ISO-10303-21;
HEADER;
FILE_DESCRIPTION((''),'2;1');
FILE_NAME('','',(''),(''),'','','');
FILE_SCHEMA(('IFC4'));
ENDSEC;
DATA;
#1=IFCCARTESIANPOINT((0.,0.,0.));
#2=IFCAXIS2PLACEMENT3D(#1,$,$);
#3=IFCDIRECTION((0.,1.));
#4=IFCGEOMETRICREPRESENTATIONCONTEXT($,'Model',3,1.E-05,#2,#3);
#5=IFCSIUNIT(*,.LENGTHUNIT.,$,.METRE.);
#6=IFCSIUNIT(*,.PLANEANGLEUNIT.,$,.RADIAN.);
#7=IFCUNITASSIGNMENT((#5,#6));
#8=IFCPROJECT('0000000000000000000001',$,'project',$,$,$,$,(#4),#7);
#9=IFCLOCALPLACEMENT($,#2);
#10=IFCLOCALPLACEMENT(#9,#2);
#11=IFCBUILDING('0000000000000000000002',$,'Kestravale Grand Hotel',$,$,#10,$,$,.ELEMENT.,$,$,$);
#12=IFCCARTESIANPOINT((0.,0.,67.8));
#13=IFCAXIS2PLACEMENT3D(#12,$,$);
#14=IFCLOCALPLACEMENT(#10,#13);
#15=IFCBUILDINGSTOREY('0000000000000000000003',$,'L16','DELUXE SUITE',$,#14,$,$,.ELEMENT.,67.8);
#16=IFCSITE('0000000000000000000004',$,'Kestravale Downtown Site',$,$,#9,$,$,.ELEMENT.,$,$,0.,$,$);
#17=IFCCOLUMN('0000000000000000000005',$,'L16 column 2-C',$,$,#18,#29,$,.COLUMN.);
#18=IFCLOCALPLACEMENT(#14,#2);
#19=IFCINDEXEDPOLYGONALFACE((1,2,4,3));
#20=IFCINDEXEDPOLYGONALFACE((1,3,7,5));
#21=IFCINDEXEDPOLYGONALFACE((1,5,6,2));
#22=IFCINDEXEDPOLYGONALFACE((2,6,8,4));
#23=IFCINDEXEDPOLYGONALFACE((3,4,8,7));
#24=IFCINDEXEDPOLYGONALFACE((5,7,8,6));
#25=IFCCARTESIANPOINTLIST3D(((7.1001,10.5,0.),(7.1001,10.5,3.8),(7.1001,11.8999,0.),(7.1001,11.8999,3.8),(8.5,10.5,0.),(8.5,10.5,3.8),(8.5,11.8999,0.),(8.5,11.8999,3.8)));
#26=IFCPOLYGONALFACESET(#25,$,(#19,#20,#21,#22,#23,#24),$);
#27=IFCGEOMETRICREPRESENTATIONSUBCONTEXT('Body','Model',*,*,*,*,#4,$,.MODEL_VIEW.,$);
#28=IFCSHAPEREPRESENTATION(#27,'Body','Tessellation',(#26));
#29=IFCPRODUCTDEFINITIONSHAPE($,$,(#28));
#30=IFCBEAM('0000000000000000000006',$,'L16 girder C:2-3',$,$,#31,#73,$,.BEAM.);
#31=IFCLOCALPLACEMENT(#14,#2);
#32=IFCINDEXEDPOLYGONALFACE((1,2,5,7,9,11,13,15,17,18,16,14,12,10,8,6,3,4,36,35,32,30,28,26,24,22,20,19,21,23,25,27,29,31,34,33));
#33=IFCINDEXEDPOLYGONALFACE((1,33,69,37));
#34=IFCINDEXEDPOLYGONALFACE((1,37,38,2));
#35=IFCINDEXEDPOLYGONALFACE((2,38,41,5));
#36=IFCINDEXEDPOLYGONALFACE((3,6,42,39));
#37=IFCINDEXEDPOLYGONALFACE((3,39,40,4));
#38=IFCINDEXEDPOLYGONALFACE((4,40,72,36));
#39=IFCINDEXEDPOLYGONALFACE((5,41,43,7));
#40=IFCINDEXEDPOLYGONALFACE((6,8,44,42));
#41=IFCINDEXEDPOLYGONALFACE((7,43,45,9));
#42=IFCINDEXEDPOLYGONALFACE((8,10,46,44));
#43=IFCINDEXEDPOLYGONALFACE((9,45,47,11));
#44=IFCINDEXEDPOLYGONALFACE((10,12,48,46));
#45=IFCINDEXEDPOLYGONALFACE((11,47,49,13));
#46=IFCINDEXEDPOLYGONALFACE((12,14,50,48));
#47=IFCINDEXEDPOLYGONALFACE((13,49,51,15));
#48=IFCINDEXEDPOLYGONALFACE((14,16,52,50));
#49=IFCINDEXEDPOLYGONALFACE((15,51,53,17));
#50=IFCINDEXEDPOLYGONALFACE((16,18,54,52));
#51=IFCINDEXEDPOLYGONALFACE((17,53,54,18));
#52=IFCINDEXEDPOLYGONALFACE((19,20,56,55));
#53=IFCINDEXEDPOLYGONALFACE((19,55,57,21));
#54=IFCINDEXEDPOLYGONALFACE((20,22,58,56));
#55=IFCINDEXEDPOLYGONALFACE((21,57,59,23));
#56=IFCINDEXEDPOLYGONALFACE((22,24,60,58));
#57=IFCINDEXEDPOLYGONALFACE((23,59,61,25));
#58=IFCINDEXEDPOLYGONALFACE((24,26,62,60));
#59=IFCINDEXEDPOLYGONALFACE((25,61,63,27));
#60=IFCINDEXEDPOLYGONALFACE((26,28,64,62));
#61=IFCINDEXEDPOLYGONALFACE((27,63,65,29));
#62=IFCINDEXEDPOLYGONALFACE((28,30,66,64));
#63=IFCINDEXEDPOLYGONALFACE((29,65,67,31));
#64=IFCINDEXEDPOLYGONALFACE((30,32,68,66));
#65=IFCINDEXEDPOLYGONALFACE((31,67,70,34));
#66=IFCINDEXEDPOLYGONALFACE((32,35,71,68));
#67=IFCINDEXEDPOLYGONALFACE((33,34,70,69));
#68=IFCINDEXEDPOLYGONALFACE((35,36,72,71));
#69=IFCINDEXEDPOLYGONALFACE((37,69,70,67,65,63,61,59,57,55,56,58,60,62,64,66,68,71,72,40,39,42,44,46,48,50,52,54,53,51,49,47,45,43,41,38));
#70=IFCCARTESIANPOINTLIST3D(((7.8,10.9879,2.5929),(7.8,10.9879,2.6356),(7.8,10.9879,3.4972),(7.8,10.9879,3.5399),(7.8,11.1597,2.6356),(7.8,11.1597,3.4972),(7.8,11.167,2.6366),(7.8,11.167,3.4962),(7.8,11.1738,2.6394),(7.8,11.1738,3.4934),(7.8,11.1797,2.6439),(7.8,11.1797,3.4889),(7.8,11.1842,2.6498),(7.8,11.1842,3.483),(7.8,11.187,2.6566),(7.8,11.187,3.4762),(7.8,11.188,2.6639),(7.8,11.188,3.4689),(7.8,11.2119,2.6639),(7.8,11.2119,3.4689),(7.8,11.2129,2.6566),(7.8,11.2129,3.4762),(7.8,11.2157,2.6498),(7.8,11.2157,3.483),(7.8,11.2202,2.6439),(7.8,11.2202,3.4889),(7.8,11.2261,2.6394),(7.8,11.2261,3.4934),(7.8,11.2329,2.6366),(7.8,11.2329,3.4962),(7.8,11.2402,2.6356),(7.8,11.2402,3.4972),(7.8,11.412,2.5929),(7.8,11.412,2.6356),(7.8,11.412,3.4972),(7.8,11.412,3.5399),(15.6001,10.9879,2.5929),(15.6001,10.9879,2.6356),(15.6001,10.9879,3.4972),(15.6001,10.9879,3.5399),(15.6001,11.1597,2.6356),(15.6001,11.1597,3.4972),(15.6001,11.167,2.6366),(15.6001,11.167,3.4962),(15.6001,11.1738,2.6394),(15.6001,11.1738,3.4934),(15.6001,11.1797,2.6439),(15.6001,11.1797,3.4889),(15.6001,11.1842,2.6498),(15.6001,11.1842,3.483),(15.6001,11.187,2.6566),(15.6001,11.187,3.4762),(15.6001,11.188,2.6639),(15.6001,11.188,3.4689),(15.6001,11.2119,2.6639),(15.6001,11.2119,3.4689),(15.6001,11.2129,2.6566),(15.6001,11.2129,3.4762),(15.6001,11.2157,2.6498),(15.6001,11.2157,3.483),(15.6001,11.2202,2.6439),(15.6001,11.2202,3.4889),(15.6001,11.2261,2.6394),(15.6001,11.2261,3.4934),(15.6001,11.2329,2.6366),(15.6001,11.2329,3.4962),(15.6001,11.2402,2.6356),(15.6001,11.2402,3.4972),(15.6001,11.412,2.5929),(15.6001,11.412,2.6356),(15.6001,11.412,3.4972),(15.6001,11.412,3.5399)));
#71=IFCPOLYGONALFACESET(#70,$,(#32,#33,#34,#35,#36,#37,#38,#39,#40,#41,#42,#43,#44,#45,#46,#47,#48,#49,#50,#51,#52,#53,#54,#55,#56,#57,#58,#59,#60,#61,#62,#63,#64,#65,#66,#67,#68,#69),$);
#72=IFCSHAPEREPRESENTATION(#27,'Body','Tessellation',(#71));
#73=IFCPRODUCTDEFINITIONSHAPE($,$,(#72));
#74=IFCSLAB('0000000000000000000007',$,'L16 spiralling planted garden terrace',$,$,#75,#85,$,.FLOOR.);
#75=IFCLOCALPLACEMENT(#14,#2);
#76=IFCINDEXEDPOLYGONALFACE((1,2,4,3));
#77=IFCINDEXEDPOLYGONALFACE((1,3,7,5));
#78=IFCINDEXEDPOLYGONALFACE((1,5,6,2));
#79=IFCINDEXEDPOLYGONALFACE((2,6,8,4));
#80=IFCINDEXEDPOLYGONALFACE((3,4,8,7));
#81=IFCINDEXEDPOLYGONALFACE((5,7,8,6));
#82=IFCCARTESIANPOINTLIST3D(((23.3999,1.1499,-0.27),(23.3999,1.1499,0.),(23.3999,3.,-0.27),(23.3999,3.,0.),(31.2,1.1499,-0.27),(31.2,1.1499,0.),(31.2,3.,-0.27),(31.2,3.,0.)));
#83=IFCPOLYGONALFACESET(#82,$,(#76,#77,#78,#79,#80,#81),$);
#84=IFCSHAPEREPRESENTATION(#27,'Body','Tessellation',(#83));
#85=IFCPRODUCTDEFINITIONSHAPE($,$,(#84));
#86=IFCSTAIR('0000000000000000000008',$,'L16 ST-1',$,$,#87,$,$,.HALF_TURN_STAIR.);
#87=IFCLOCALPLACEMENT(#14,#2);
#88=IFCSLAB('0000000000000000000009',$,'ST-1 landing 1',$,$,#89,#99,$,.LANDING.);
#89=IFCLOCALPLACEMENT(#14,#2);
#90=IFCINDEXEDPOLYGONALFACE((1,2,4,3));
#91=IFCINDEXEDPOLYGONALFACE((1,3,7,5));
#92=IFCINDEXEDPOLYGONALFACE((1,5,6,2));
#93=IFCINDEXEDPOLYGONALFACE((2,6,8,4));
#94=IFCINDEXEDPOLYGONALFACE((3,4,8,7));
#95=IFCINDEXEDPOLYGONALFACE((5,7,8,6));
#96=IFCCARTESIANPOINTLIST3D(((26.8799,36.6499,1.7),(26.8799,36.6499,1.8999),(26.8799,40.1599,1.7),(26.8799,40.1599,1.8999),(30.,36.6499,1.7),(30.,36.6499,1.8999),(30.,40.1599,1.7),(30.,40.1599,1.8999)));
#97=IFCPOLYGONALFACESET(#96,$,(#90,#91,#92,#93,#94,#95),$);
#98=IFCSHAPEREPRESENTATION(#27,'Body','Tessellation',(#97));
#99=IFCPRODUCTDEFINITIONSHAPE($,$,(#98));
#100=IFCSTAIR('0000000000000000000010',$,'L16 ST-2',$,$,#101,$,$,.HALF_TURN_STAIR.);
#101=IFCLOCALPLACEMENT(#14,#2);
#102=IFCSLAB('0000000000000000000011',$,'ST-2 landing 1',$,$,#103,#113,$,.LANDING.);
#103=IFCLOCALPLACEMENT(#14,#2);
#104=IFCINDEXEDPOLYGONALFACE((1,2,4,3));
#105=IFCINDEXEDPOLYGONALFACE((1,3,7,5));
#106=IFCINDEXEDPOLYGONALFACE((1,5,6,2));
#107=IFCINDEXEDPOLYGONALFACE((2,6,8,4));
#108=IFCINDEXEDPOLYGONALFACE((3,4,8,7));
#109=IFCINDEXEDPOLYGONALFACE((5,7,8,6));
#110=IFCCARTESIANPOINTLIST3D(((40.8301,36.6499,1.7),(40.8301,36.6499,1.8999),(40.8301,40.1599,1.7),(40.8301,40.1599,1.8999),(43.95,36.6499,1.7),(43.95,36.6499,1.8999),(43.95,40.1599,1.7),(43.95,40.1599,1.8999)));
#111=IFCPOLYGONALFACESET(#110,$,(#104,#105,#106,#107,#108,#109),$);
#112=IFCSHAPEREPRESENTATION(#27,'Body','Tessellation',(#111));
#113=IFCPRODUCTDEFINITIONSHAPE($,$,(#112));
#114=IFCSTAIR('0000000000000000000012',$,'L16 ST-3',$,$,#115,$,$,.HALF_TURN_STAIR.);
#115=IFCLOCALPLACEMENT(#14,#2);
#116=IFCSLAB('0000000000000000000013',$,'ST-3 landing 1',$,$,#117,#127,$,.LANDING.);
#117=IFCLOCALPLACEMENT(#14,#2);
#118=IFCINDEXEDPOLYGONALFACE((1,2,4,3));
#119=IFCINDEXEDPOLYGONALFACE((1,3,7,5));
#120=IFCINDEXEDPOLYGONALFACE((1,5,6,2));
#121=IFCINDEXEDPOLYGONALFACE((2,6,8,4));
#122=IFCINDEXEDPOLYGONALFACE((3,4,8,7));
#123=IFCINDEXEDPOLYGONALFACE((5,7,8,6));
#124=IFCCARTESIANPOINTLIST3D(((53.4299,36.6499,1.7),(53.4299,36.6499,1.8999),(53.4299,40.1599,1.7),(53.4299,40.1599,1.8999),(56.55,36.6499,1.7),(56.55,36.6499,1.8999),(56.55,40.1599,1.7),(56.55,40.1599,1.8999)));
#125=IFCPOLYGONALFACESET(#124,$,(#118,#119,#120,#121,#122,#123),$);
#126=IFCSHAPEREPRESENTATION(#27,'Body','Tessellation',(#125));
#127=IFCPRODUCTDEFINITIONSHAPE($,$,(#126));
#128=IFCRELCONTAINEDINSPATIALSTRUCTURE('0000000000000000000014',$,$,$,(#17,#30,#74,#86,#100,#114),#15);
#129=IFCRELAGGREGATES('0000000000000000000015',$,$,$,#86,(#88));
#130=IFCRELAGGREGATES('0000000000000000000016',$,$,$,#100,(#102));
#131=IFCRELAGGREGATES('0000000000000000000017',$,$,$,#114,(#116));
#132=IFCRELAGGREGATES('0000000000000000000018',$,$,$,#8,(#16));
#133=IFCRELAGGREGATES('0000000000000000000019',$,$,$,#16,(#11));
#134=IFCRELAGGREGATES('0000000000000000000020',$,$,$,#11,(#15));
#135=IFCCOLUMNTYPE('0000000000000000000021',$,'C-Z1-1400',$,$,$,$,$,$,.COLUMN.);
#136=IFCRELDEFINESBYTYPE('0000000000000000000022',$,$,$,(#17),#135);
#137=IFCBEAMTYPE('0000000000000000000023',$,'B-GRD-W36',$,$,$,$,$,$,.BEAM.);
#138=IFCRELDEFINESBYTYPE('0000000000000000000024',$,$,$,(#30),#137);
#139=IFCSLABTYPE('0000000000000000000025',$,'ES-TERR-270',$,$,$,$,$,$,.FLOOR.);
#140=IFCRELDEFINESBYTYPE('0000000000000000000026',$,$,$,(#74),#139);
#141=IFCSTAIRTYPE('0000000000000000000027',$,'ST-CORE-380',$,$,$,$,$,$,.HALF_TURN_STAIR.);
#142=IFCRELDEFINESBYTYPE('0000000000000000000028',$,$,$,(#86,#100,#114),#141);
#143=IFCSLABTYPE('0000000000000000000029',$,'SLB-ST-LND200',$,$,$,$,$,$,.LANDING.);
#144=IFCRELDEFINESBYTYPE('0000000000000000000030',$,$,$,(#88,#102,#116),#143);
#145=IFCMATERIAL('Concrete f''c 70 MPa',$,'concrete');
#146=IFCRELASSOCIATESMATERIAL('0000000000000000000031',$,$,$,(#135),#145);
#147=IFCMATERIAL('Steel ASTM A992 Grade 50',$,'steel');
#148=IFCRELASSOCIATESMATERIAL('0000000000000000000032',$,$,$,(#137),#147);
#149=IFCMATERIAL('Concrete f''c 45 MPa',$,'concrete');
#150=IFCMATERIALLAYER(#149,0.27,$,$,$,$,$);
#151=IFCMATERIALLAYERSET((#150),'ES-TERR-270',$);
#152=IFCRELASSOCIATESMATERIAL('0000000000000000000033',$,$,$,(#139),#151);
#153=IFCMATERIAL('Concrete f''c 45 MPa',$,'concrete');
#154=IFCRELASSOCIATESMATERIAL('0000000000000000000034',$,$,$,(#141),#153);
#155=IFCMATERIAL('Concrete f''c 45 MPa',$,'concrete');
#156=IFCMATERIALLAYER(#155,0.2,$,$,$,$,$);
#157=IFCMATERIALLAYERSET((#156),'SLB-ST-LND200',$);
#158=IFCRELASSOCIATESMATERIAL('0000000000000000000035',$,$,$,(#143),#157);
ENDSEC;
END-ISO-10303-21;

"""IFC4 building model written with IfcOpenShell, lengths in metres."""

from ifc_helpers import new_model, si_unit, direction, frame, origin, origin_2d, place, context, subcontext, project, spatial, polyline, rectangle, i_section, outline, extrude, material, layer, layer_set, material_profile, profile_set, type_object, element, aggregate, save


model = new_model("IFC4")

# Units and contexts
model_context = context("Model", 3, precision=1e-05, world=origin(), true_north=direction((0.0, 1.0)))
body_context = subcontext(model_context, "Body", "Model", "MODEL_VIEW")
ifc_project = project(units=[si_unit("LENGTHUNIT", "METRE"), si_unit("PLANEANGLEUNIT", "RADIAN")], contexts=[model_context])

# Site, building, storey
site_placement = place(None, origin())
site = spatial("IfcSite", under=ifc_project, at=site_placement, Name="Kestravale Downtown Site", CompositionType="ELEMENT", RefElevation=0.0)
building_placement = place(site_placement, origin())
building = spatial("IfcBuilding", under=site, at=building_placement, Name="Kestravale Grand Hotel", CompositionType="ELEMENT")
storey_placement = place(building_placement, frame((0.0, 0.0, 67.8)))
storey = spatial("IfcBuildingStorey", under=building, at=storey_placement, Name="L16", Description="DELUXE SUITE", CompositionType="ELEMENT", Elevation=67.8)

# Column
ifc_material_1 = material(Name="Concrete f'c 70 MPa", Category="concrete")
ifc_material_profile_1 = material_profile(ifc_material_1, rectangle(XDim=1.3999, YDim=1.3999, at=origin_2d()))
ifc_profile_set_1 = profile_set([ifc_material_profile_1], Name="Concrete f'c 70 MPa")
column_type = type_object("IfcColumnType", Name="C-Z1-1400", PredefinedType="COLUMN", material=ifc_profile_set_1)
column_placement = place(storey_placement, frame((7.8, 11.2, 0.0), z_axis=(0.0, 0.0, 1.0), x_axis=(1.0, 0.0, 0.0)))
element("IfcColumn", 1, at=column_placement, inside=storey, type_object=column_type, Name="L16 column 2-C", PredefinedType="COLUMN", context=body_context, shape_type="SweptSolid", body=[
    extrude(rectangle(XDim=1.3999, YDim=1.3999, at=origin_2d()), origin(), (0.0, 0.0, 1.0), 3.8),
])

# Beam
ifc_material_2 = material(Name="Steel ASTM A992 Grade 50", Category="steel")
ifc_material_profile_2 = material_profile(ifc_material_2, i_section(OverallWidth=0.4241, OverallDepth=0.947, WebThickness=0.0239, FlangeThickness=0.0427, FilletRadius=0.0283, at=origin_2d()))
ifc_profile_set_2 = profile_set([ifc_material_profile_2], Name="Steel ASTM A992 Grade 50")
beam_type = type_object("IfcBeamType", Name="B-GRD-W36", PredefinedType="BEAM", material=ifc_profile_set_2)
beam_placement = place(storey_placement, frame((7.8, 11.2, 3.0664), z_axis=(1.0, 0.0, 0.0), x_axis=(0.0, 1.0, 0.0)))
element("IfcBeam", 2, at=beam_placement, inside=storey, type_object=beam_type, Name="L16 girder C:2-3", PredefinedType="BEAM", context=body_context, shape_type="SweptSolid", body=[
    extrude(i_section(OverallWidth=0.4241, OverallDepth=0.947, WebThickness=0.0239, FlangeThickness=0.0427, FilletRadius=0.0283, at=origin_2d()), origin(), (0.0, 0.0, 1.0), 7.8),
])

# Slab
ifc_material_3 = material(Name="Concrete f'c 45 MPa", Category="concrete")
ifc_layer_1 = layer(ifc_material_3, 0.27)
ifc_layer_set_1 = layer_set([ifc_layer_1], Name="ES-TERR-270")
slab_type_1 = type_object("IfcSlabType", Name="ES-TERR-270", PredefinedType="FLOOR", material=ifc_layer_set_1)
slab_1_placement = place(storey_placement, frame((0.0, 0.0, -0.27)))
element("IfcSlab", 3, at=slab_1_placement, inside=storey, type_object=slab_type_1, Name="L16 spiralling planted garden terrace", PredefinedType="FLOOR", context=body_context, shape_type="SweptSolid", body=[
    extrude(outline(polyline([(23.3999, 1.1499), (31.2, 1.1499), (31.2, 3.0), (23.3999, 3.0), (23.3999, 1.1499)])), origin(), (0.0, 0.0, 1.0), 0.27),
])

# Stairs, slabs
ifc_material_4 = material(Name="Concrete f'c 45 MPa", Category="concrete")
stair_type = type_object("IfcStairType", Name="ST-CORE-380", PredefinedType="HALF_TURN_STAIR", material=ifc_material_4)
stair_1_placement = place(storey_placement, origin())
stair_1 = element("IfcStair", 4, at=stair_1_placement, inside=storey, type_object=stair_type, Name="L16 ST-1", PredefinedType="HALF_TURN_STAIR")
ifc_material_5 = material(Name="Concrete f'c 45 MPa", Category="concrete")
ifc_layer_2 = layer(ifc_material_5, 0.2)
ifc_layer_set_2 = layer_set([ifc_layer_2], Name="SLB-ST-LND200")
slab_type_2 = type_object("IfcSlabType", Name="SLB-ST-LND200", PredefinedType="LANDING", material=ifc_layer_set_2)
slab_2_placement = place(storey_placement, frame((0.0, 0.0, 1.7)))
slab_2 = element("IfcSlab", 5, at=slab_2_placement, type_object=slab_type_2, Name="ST-1 landing 1", PredefinedType="LANDING", context=body_context, shape_type="SweptSolid", body=[
    extrude(outline(polyline([(26.8799, 36.6499), (30.0, 36.6499), (30.0, 40.1599), (26.8799, 40.1599), (26.8799, 36.6499)])), origin(), (0.0, 0.0, 1.0), 0.2),
])
aggregate(stair_1, [slab_2])
stair_2_placement = place(storey_placement, origin())
stair_2 = element("IfcStair", 6, at=stair_2_placement, inside=storey, type_object=stair_type, Name="L16 ST-2", PredefinedType="HALF_TURN_STAIR")
slab_3_placement = place(storey_placement, frame((0.0, 0.0, 1.7)))
slab_3 = element("IfcSlab", 7, at=slab_3_placement, type_object=slab_type_2, Name="ST-2 landing 1", PredefinedType="LANDING", context=body_context, shape_type="SweptSolid", body=[
    extrude(outline(polyline([(40.8301, 36.6499), (43.95, 36.6499), (43.95, 40.1599), (40.8301, 40.1599), (40.8301, 36.6499)])), origin(), (0.0, 0.0, 1.0), 0.2),
])
aggregate(stair_2, [slab_3])
stair_3_placement = place(storey_placement, origin())
stair_3 = element("IfcStair", 8, at=stair_3_placement, inside=storey, type_object=stair_type, Name="L16 ST-3", PredefinedType="HALF_TURN_STAIR")
slab_4_placement = place(storey_placement, frame((0.0, 0.0, 1.7)))
slab_4 = element("IfcSlab", 9, at=slab_4_placement, type_object=slab_type_2, Name="ST-3 landing 1", PredefinedType="LANDING", context=body_context, shape_type="SweptSolid", body=[
    extrude(outline(polyline([(53.4299, 36.6499), (56.55, 36.6499), (56.55, 40.1599), (53.4299, 40.1599), (53.4299, 36.6499)])), origin(), (0.0, 0.0, 1.0), 0.2),
])
aggregate(stair_3, [slab_4])

save(model, "model.ifc")
